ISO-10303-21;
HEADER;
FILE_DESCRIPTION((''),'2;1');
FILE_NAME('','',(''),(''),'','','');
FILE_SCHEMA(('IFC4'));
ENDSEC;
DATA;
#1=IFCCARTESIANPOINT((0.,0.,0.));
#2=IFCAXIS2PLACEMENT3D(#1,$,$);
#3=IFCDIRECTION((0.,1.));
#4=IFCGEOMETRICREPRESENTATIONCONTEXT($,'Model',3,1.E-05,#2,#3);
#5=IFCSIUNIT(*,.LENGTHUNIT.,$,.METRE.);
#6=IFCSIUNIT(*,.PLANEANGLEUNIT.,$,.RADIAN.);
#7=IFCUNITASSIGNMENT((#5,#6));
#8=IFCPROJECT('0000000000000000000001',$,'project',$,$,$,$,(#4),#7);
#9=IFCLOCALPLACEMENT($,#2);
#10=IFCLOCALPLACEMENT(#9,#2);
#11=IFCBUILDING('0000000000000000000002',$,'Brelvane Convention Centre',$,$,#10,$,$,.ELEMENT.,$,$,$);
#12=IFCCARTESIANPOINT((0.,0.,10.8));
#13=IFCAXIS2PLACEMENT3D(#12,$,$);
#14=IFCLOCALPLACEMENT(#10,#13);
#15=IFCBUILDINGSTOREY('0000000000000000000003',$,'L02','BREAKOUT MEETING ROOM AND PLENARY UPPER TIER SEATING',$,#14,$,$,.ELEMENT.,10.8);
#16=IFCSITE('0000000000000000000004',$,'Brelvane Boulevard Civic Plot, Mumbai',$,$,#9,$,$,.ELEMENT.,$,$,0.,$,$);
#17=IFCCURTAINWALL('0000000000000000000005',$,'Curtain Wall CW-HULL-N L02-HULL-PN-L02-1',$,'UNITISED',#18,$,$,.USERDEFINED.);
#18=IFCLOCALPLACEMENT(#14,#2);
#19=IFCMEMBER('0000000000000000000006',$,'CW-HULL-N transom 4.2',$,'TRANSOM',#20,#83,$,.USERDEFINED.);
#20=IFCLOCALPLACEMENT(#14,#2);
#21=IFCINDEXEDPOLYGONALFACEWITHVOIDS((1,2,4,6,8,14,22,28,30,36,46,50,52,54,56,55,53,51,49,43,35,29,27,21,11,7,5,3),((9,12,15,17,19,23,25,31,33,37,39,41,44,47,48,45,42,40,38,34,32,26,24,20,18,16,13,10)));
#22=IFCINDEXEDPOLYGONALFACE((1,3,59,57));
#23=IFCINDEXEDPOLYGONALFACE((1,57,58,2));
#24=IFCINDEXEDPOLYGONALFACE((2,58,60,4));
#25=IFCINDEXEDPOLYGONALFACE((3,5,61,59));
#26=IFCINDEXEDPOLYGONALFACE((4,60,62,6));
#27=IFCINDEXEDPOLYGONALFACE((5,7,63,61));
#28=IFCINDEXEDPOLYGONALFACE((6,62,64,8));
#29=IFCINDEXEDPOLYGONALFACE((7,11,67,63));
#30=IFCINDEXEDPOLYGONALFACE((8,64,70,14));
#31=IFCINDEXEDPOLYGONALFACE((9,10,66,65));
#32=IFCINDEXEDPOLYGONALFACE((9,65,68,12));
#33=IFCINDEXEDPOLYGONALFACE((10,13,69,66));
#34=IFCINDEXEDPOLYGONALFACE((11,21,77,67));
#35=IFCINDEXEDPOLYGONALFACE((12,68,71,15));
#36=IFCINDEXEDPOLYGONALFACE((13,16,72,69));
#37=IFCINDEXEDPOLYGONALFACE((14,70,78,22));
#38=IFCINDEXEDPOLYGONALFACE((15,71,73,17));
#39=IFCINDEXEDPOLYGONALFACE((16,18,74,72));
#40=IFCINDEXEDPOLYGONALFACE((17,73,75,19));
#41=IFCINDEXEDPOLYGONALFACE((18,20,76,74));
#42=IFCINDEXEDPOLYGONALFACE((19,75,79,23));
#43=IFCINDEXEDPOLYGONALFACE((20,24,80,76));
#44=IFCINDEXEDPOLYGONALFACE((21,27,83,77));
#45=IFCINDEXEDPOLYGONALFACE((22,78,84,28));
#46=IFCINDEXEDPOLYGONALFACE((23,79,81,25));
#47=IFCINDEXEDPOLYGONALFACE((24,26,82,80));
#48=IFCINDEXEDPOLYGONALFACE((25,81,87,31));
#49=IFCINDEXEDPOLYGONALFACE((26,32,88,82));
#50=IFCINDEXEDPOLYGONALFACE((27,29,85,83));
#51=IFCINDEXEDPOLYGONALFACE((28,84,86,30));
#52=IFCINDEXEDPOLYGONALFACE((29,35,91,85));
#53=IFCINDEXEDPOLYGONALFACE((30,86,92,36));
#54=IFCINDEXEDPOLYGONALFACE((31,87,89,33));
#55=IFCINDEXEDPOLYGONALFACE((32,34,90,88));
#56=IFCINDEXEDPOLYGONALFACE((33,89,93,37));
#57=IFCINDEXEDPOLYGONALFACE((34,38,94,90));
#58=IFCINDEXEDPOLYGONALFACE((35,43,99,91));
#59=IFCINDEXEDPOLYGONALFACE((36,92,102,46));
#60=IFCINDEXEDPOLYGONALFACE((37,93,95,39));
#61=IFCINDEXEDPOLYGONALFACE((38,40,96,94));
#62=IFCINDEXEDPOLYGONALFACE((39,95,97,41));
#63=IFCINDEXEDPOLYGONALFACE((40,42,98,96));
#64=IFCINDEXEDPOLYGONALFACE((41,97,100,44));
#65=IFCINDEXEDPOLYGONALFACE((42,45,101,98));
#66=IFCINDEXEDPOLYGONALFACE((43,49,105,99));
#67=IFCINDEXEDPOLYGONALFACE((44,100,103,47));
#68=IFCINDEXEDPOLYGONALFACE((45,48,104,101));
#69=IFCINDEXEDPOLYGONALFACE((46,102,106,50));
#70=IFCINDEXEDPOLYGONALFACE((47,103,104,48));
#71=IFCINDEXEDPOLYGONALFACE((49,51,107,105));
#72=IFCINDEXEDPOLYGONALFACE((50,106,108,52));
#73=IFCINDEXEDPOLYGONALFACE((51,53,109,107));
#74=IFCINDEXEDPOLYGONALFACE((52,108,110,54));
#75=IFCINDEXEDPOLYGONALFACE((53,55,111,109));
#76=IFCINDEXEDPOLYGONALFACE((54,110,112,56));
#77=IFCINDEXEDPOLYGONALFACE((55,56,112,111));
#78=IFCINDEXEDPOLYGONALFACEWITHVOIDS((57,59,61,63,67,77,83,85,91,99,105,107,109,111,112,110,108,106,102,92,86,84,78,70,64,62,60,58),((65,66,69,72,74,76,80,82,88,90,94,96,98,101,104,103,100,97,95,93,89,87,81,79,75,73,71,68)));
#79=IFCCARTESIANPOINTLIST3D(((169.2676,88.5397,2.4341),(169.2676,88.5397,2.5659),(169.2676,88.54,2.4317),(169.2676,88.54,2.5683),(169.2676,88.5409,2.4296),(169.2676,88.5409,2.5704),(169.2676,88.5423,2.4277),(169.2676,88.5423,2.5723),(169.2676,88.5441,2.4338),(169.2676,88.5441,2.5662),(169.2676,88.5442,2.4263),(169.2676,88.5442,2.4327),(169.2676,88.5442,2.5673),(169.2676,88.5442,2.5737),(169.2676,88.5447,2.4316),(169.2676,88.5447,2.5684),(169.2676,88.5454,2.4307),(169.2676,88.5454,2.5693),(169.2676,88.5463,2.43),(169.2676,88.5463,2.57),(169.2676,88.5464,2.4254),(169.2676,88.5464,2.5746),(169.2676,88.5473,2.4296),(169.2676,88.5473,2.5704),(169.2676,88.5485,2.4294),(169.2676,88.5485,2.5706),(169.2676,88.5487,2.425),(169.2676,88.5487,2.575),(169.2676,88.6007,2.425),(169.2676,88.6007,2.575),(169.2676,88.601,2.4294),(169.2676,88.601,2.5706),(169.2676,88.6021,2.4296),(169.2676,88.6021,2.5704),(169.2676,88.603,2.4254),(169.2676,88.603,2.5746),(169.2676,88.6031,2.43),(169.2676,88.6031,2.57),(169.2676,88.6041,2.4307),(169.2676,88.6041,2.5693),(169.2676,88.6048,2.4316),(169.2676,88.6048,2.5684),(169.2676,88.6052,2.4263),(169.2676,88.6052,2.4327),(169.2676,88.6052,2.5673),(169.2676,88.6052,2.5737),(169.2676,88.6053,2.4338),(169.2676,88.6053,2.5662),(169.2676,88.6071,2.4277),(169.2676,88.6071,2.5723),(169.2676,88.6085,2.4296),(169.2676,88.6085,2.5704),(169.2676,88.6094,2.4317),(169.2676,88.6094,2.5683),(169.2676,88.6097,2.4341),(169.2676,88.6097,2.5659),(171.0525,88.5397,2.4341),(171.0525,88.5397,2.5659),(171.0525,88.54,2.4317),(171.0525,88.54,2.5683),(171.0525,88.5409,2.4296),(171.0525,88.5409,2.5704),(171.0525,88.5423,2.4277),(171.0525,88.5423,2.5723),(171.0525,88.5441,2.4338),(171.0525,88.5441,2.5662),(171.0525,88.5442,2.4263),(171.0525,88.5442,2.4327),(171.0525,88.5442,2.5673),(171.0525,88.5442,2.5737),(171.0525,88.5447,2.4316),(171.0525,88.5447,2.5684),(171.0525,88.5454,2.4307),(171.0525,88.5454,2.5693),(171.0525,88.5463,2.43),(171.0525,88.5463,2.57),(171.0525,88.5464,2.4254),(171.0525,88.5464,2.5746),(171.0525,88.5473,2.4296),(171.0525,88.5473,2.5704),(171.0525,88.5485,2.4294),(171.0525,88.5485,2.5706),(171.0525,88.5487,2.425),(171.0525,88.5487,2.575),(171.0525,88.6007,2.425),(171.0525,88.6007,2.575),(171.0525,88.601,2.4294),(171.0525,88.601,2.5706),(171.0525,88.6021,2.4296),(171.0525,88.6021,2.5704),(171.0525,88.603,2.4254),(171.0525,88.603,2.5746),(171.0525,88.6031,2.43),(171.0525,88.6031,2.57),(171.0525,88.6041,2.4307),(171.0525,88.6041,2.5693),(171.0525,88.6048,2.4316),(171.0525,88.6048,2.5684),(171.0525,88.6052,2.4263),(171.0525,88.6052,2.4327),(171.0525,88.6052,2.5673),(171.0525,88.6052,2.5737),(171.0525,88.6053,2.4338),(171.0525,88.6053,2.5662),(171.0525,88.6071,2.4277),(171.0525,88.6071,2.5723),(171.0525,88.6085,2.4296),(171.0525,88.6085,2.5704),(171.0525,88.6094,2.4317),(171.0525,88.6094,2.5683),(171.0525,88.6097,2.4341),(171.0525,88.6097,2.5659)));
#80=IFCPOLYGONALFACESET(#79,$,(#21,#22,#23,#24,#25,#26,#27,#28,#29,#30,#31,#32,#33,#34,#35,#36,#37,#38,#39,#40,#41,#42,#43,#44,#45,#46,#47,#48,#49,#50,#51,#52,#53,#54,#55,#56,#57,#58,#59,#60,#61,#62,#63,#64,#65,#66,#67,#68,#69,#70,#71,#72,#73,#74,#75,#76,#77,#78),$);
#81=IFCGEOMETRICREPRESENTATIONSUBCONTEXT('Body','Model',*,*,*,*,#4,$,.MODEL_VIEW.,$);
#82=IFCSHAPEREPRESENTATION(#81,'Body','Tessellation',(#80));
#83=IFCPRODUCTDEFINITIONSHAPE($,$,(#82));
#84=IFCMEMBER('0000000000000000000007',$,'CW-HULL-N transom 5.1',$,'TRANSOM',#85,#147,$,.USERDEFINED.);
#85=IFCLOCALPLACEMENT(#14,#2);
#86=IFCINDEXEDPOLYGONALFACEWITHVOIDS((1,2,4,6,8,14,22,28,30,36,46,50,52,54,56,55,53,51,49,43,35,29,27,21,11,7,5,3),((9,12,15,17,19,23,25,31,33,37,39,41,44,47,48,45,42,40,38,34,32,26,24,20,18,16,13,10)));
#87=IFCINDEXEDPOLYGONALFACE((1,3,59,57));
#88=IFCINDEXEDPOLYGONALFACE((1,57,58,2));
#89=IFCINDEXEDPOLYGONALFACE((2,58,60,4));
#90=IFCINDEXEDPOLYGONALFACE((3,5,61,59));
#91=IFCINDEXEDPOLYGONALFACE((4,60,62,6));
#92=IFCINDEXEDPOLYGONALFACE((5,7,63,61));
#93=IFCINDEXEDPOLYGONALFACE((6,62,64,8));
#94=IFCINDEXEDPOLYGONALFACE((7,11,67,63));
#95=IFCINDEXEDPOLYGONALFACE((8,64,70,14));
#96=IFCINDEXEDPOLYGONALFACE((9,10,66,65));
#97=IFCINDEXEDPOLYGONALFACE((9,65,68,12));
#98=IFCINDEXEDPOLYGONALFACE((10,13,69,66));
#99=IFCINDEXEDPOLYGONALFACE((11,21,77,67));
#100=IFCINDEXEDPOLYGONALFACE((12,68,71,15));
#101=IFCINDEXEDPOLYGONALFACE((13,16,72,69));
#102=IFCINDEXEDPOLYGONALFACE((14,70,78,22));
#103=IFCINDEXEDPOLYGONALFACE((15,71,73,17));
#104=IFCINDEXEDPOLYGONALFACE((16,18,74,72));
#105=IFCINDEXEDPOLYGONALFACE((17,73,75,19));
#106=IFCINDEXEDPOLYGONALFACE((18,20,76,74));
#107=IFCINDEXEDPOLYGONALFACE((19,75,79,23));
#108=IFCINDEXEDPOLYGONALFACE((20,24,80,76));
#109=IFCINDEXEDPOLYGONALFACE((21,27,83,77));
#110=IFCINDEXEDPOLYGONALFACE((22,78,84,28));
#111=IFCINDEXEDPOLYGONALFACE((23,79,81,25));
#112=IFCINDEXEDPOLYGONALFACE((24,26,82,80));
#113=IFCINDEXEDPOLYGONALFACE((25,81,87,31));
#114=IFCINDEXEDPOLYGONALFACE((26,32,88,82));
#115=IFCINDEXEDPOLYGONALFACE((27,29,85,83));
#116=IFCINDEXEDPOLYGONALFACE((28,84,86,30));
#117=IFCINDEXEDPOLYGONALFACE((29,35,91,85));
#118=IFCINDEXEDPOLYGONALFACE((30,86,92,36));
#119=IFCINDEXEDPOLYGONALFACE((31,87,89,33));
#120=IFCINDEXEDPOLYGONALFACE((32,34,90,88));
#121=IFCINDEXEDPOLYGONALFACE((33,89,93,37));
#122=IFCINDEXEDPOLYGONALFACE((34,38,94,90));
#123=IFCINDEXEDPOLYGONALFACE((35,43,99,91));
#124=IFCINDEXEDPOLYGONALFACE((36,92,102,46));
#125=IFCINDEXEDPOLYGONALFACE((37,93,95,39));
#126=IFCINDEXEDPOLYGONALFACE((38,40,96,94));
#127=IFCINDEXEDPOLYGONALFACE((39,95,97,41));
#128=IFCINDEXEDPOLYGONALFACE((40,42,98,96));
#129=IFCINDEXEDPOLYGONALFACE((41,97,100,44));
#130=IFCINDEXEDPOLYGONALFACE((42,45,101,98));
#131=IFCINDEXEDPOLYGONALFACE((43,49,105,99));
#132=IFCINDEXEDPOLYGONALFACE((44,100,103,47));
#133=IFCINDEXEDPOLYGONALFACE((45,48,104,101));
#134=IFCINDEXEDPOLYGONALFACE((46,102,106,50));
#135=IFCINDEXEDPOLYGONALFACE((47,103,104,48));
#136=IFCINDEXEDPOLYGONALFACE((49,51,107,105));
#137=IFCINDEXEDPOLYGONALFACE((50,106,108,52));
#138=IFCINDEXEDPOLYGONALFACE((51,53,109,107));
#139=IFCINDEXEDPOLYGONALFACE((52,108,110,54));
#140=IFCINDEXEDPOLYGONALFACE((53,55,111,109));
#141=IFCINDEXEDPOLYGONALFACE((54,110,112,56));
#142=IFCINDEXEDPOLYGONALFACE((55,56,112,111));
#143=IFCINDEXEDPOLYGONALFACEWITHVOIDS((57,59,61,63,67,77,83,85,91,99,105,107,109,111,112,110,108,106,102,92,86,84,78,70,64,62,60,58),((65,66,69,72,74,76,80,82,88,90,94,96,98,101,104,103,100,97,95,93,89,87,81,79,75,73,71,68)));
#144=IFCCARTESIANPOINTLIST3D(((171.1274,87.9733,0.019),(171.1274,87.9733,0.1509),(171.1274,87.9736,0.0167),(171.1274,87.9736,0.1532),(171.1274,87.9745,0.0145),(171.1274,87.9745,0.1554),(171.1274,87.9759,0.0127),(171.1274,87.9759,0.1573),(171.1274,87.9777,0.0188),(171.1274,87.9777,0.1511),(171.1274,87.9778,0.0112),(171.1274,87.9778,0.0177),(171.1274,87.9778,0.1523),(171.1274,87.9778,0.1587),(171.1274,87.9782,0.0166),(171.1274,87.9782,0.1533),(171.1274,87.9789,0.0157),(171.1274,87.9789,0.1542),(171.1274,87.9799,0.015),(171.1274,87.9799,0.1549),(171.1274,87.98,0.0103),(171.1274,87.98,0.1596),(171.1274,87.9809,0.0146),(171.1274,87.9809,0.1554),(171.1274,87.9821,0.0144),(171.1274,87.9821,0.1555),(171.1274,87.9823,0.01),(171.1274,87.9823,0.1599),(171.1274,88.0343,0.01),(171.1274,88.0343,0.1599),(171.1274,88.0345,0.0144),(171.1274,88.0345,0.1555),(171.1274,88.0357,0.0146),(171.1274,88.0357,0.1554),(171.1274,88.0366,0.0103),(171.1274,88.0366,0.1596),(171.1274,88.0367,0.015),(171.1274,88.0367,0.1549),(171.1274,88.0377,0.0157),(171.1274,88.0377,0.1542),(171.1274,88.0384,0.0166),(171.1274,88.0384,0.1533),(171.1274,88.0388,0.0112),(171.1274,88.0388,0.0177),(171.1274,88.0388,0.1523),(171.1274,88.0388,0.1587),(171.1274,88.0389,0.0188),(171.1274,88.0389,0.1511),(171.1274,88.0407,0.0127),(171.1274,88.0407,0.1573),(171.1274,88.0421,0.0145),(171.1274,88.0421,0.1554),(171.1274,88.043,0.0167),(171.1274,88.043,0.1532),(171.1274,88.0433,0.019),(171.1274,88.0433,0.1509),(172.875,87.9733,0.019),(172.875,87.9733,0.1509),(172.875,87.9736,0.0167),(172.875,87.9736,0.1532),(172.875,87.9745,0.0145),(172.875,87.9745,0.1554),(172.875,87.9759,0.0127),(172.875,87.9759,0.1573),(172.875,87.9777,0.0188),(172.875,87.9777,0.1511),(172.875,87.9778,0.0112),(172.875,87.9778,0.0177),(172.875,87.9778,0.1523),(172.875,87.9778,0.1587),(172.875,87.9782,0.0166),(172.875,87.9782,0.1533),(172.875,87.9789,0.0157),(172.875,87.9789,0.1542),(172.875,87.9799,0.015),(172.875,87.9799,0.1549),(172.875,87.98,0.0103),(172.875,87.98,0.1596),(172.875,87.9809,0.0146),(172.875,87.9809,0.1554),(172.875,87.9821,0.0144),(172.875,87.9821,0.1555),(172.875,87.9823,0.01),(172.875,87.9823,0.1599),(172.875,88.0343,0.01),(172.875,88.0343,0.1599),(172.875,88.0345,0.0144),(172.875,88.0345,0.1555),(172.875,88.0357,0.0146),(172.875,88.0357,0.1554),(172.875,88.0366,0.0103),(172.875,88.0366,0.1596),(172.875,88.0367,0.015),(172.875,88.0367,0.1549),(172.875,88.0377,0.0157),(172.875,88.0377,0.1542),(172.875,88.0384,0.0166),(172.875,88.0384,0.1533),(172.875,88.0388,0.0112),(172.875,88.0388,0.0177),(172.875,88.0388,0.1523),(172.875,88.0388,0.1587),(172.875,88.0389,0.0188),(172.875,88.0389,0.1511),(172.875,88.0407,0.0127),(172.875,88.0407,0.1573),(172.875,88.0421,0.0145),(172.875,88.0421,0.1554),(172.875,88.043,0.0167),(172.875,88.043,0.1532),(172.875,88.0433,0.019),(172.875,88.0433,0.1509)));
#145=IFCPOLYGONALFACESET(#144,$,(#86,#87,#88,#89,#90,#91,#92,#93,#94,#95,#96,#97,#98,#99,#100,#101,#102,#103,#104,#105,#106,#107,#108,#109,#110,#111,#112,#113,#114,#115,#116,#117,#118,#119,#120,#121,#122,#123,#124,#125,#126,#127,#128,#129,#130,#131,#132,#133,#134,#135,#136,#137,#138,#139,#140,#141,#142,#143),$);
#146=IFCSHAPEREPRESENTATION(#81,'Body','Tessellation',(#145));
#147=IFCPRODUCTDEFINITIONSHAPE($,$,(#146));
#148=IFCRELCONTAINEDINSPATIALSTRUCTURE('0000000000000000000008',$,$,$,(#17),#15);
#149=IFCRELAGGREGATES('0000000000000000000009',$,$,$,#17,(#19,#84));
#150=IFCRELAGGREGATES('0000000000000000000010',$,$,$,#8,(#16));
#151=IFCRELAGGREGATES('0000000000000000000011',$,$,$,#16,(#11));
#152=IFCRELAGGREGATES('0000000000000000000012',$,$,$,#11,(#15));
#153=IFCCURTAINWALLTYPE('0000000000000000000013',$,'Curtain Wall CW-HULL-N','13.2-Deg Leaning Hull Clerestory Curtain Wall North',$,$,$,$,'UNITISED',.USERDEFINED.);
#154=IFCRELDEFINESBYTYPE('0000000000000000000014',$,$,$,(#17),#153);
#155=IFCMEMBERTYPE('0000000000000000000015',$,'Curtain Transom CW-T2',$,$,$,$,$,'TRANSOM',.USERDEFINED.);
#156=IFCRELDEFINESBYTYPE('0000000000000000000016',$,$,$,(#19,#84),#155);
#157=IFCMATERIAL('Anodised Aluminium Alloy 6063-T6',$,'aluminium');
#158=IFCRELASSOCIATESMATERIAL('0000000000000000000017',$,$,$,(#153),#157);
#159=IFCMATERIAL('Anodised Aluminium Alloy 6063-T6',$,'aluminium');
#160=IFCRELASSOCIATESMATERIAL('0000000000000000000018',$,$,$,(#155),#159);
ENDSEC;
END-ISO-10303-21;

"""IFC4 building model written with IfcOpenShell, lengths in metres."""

from ifc_helpers import new_model, si_unit, direction, frame, origin, origin_2d, place, context, subcontext, project, spatial, hollow_rectangle, extrude, material, material_profile, profile_set, type_object, element, aggregate, save


model = new_model("IFC4")

# Units and contexts
model_context = context("Model", 3, precision=1e-05, world=origin(), true_north=direction((0.0, 1.0)))
body_context = subcontext(model_context, "Body", "Model", "MODEL_VIEW")
ifc_project = project(units=[si_unit("LENGTHUNIT", "METRE"), si_unit("PLANEANGLEUNIT", "RADIAN")], contexts=[model_context])

# Site, building, storey
site_placement = place(None, origin())
site = spatial("IfcSite", under=ifc_project, at=site_placement, Name="Brelvane Boulevard Civic Plot, Mumbai", CompositionType="ELEMENT", RefElevation=0.0)
building_placement = place(site_placement, origin())
building = spatial("IfcBuilding", under=site, at=building_placement, Name="Brelvane Convention Centre", CompositionType="ELEMENT")
storey_placement = place(building_placement, frame((0.0, 0.0, 10.8)))
storey = spatial("IfcBuildingStorey", under=building, at=storey_placement, Name="L02", Description="BREAKOUT MEETING ROOM AND PLENARY UPPER TIER SEATING", CompositionType="ELEMENT", Elevation=10.8)

# Curtain wall
ifc_material_1 = material(Name="Anodised Aluminium Alloy 6063-T6", Category="aluminium")
curtain_wall_type = type_object("IfcCurtainWallType", Name="Curtain Wall CW-HULL-N", Description="13.2-Deg Leaning Hull Clerestory Curtain Wall North", ElementType="UNITISED", PredefinedType="USERDEFINED", material=ifc_material_1)
curtain_wall_1_placement = place(storey_placement, origin())
curtain_wall_1 = element("IfcCurtainWall", 1, at=curtain_wall_1_placement, inside=storey, type_object=curtain_wall_type, Name="Curtain Wall CW-HULL-N L02-HULL-PN-L02-1", ObjectType="UNITISED", PredefinedType="USERDEFINED")

# Members
ifc_material_2 = material(Name="Anodised Aluminium Alloy 6063-T6", Category="aluminium")
ifc_material_profile_1 = material_profile(ifc_material_2, hollow_rectangle(XDim=0.0701, YDim=0.1499, WallThickness=0.0044, InnerFilletRadius=0.0044, OuterFilletRadius=0.009, at=origin_2d()), Name="ALU-T 150x70x4.5")
ifc_profile_set_1 = profile_set([ifc_material_profile_1], Name="Anodised Aluminium Alloy 6063-T6")
member_type_1 = type_object("IfcMemberType", Name="Curtain Transom CW-T2", ElementType="TRANSOM", PredefinedType="USERDEFINED", material=ifc_profile_set_1)
member_1_placement = place(storey_placement, frame((169.2676, 88.5747, 2.5), z_axis=(1.0, 0.0, 0.0), x_axis=(0.0, 1.0, 0.0)))
member_1 = element("IfcMember", 2, at=member_1_placement, type_object=member_type_1, Name="CW-HULL-N transom 4.2", ObjectType="TRANSOM", PredefinedType="USERDEFINED", context=body_context, shape_type="SweptSolid", body=[
    extrude(hollow_rectangle(XDim=0.0701, YDim=0.1499, WallThickness=0.0044, InnerFilletRadius=0.0044, OuterFilletRadius=0.009, at=origin_2d()), origin(), (0.0, 0.0, 1.0), 1.7849),
])
member_2_placement = place(storey_placement, frame((171.1274, 88.0083, 0.085), z_axis=(1.0, 0.0, 0.0), x_axis=(0.0, 1.0, 0.0)))
member_2 = element("IfcMember", 3, at=member_2_placement, type_object=member_type_1, Name="CW-HULL-N transom 5.1", ObjectType="TRANSOM", PredefinedType="USERDEFINED", context=body_context, shape_type="SweptSolid", body=[
    extrude(hollow_rectangle(XDim=0.0701, YDim=0.1499, WallThickness=0.0044, InnerFilletRadius=0.0044, OuterFilletRadius=0.009, at=origin_2d()), origin(), (0.0, 0.0, 1.0), 1.7476),
])

aggregate(curtain_wall_1, [member_1, member_2])

save(model, "model.ifc")
